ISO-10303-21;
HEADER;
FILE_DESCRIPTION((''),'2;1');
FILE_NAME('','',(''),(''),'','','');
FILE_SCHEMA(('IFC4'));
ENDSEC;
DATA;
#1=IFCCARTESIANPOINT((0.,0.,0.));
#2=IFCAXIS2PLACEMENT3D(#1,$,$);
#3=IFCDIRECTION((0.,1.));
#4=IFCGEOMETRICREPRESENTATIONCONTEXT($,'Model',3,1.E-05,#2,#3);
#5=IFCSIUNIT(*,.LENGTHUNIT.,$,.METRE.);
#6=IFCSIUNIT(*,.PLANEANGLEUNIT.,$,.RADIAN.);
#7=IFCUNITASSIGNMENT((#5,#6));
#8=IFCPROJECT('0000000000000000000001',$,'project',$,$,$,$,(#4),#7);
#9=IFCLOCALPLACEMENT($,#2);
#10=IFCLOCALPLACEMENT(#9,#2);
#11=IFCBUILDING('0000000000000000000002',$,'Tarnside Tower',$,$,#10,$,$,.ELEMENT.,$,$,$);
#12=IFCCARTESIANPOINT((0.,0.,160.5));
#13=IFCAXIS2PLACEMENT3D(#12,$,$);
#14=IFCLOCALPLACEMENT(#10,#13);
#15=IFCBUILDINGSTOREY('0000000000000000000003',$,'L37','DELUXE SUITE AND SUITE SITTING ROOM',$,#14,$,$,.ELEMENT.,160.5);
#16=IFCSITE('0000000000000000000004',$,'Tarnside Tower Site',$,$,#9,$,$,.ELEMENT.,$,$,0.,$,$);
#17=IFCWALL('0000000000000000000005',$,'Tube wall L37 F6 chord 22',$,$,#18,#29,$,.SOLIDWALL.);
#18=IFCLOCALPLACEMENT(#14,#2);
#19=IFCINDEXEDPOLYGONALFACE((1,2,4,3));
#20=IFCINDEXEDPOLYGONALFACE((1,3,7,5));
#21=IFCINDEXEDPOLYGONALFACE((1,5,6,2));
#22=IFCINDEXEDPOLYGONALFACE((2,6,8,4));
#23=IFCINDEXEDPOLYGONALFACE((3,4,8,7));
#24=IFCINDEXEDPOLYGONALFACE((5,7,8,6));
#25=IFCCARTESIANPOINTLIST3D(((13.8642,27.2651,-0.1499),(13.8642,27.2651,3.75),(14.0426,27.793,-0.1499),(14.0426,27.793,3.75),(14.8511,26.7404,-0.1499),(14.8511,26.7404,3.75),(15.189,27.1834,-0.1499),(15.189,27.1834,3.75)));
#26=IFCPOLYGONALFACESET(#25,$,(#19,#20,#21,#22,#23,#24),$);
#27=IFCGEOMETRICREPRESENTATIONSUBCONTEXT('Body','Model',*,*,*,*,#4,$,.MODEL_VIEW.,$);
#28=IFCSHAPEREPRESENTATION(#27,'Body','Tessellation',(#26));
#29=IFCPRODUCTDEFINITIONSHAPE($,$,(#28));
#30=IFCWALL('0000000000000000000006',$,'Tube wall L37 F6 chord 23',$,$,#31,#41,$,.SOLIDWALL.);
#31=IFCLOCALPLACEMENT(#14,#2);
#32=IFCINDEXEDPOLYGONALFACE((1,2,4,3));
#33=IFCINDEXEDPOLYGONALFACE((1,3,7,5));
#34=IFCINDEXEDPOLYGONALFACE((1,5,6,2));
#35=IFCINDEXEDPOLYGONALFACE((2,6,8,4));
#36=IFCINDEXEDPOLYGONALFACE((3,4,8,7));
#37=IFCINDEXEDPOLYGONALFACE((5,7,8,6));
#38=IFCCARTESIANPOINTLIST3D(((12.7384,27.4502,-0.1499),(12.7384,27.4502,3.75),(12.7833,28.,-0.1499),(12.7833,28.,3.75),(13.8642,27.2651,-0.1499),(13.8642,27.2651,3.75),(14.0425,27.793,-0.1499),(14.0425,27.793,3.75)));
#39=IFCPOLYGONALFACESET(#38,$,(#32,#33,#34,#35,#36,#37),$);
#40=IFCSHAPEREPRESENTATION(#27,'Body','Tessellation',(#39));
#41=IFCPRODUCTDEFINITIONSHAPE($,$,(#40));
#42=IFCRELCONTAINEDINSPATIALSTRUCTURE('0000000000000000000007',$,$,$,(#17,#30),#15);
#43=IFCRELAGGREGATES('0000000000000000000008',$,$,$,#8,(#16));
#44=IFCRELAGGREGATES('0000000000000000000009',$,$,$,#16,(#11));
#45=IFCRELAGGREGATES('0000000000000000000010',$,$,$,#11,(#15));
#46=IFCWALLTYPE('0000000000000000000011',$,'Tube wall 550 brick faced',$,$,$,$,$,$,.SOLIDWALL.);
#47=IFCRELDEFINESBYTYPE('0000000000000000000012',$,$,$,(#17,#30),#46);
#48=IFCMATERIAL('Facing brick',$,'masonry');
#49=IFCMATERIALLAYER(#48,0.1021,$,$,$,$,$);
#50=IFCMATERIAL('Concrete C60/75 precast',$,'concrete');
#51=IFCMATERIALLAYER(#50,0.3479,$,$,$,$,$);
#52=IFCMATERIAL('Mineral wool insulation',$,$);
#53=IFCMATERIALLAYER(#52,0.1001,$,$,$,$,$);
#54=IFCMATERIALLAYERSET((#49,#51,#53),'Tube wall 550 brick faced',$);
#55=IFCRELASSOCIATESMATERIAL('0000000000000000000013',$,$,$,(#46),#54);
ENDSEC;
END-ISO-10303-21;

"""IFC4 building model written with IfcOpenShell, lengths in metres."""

from ifc_helpers import new_model, si_unit, direction, frame, origin, place, context, subcontext, project, spatial, polyline, outline, extrude, material, layer, layer_set, type_object, element, save


model = new_model("IFC4")

# Units and contexts
model_context = context("Model", 3, precision=1e-05, world=origin(), true_north=direction((0.0, 1.0)))
body_context = subcontext(model_context, "Body", "Model", "MODEL_VIEW")
ifc_project = project(units=[si_unit("LENGTHUNIT", "METRE"), si_unit("PLANEANGLEUNIT", "RADIAN")], contexts=[model_context])

# Site, building, storey
site_placement = place(None, origin())
site = spatial("IfcSite", under=ifc_project, at=site_placement, Name="Tarnside Tower Site", CompositionType="ELEMENT", RefElevation=0.0)
building_placement = place(site_placement, origin())
building = spatial("IfcBuilding", under=site, at=building_placement, Name="Tarnside Tower", CompositionType="ELEMENT")
storey_placement = place(building_placement, frame((0.0, 0.0, 160.5)))
storey = spatial("IfcBuildingStorey", under=building, at=storey_placement, Name="L37", Description="DELUXE SUITE AND SUITE SITTING ROOM", CompositionType="ELEMENT", Elevation=160.5)

# Shared definitions
ifc_material_1 = material(Name="Facing brick", Category="masonry")
ifc_layer_1 = layer(ifc_material_1, 0.1021)
ifc_material_2 = material(Name="Concrete C60/75 precast", Category="concrete")
ifc_layer_2 = layer(ifc_material_2, 0.3479)
ifc_material_3 = material(Name="Mineral wool insulation")
ifc_layer_3 = layer(ifc_material_3, 0.1001)
ifc_layer_set_1 = layer_set([ifc_layer_1, ifc_layer_2, ifc_layer_3], Name="Tube wall 550 brick faced")
wall_type_1 = type_object("IfcWallType", Name="Tube wall 550 brick faced", PredefinedType="SOLIDWALL", material=ifc_layer_set_1)

# Walls
wall_1_placement = place(storey_placement, frame((15.02, 26.9619, -0.1499), z_axis=(0.0, 0.0, 1.0), x_axis=(-0.882951, 0.469465, 0.0)))
element("IfcWall", 1, at=wall_1_placement, inside=storey, type_object=wall_type_1, Name="Tube wall L37 F6 chord 22", PredefinedType="SOLIDWALL", context=body_context, shape_type="SweptSolid", body=[
    extrude(outline(polyline([(-0.0452, -0.2749), (1.2532, -0.2749), (1.1628, 0.2749), (0.0452, 0.2749), (-0.0452, -0.2749)])), origin(), (0.0, 0.0, 1.0), 3.8999),
])
wall_2_placement = place(storey_placement, frame((13.9534, 27.5291, -0.1499), z_axis=(0.0, 0.0, 1.0), x_axis=(-0.986752, 0.162236, 0.0)))
element("IfcWall", 2, at=wall_2_placement, inside=storey, type_object=wall_type_1, Name="Tube wall L37 F6 chord 23", PredefinedType="SOLIDWALL", context=body_context, shape_type="SweptSolid", body=[
    extrude(outline(polyline([(-0.0452, -0.2749), (1.231, -0.2749), (1.186, 0.2749), (0.0452, 0.2749), (-0.0452, -0.2749)])), origin(), (0.0, 0.0, 1.0), 3.8999),
])

save(model, "model.ifc")
